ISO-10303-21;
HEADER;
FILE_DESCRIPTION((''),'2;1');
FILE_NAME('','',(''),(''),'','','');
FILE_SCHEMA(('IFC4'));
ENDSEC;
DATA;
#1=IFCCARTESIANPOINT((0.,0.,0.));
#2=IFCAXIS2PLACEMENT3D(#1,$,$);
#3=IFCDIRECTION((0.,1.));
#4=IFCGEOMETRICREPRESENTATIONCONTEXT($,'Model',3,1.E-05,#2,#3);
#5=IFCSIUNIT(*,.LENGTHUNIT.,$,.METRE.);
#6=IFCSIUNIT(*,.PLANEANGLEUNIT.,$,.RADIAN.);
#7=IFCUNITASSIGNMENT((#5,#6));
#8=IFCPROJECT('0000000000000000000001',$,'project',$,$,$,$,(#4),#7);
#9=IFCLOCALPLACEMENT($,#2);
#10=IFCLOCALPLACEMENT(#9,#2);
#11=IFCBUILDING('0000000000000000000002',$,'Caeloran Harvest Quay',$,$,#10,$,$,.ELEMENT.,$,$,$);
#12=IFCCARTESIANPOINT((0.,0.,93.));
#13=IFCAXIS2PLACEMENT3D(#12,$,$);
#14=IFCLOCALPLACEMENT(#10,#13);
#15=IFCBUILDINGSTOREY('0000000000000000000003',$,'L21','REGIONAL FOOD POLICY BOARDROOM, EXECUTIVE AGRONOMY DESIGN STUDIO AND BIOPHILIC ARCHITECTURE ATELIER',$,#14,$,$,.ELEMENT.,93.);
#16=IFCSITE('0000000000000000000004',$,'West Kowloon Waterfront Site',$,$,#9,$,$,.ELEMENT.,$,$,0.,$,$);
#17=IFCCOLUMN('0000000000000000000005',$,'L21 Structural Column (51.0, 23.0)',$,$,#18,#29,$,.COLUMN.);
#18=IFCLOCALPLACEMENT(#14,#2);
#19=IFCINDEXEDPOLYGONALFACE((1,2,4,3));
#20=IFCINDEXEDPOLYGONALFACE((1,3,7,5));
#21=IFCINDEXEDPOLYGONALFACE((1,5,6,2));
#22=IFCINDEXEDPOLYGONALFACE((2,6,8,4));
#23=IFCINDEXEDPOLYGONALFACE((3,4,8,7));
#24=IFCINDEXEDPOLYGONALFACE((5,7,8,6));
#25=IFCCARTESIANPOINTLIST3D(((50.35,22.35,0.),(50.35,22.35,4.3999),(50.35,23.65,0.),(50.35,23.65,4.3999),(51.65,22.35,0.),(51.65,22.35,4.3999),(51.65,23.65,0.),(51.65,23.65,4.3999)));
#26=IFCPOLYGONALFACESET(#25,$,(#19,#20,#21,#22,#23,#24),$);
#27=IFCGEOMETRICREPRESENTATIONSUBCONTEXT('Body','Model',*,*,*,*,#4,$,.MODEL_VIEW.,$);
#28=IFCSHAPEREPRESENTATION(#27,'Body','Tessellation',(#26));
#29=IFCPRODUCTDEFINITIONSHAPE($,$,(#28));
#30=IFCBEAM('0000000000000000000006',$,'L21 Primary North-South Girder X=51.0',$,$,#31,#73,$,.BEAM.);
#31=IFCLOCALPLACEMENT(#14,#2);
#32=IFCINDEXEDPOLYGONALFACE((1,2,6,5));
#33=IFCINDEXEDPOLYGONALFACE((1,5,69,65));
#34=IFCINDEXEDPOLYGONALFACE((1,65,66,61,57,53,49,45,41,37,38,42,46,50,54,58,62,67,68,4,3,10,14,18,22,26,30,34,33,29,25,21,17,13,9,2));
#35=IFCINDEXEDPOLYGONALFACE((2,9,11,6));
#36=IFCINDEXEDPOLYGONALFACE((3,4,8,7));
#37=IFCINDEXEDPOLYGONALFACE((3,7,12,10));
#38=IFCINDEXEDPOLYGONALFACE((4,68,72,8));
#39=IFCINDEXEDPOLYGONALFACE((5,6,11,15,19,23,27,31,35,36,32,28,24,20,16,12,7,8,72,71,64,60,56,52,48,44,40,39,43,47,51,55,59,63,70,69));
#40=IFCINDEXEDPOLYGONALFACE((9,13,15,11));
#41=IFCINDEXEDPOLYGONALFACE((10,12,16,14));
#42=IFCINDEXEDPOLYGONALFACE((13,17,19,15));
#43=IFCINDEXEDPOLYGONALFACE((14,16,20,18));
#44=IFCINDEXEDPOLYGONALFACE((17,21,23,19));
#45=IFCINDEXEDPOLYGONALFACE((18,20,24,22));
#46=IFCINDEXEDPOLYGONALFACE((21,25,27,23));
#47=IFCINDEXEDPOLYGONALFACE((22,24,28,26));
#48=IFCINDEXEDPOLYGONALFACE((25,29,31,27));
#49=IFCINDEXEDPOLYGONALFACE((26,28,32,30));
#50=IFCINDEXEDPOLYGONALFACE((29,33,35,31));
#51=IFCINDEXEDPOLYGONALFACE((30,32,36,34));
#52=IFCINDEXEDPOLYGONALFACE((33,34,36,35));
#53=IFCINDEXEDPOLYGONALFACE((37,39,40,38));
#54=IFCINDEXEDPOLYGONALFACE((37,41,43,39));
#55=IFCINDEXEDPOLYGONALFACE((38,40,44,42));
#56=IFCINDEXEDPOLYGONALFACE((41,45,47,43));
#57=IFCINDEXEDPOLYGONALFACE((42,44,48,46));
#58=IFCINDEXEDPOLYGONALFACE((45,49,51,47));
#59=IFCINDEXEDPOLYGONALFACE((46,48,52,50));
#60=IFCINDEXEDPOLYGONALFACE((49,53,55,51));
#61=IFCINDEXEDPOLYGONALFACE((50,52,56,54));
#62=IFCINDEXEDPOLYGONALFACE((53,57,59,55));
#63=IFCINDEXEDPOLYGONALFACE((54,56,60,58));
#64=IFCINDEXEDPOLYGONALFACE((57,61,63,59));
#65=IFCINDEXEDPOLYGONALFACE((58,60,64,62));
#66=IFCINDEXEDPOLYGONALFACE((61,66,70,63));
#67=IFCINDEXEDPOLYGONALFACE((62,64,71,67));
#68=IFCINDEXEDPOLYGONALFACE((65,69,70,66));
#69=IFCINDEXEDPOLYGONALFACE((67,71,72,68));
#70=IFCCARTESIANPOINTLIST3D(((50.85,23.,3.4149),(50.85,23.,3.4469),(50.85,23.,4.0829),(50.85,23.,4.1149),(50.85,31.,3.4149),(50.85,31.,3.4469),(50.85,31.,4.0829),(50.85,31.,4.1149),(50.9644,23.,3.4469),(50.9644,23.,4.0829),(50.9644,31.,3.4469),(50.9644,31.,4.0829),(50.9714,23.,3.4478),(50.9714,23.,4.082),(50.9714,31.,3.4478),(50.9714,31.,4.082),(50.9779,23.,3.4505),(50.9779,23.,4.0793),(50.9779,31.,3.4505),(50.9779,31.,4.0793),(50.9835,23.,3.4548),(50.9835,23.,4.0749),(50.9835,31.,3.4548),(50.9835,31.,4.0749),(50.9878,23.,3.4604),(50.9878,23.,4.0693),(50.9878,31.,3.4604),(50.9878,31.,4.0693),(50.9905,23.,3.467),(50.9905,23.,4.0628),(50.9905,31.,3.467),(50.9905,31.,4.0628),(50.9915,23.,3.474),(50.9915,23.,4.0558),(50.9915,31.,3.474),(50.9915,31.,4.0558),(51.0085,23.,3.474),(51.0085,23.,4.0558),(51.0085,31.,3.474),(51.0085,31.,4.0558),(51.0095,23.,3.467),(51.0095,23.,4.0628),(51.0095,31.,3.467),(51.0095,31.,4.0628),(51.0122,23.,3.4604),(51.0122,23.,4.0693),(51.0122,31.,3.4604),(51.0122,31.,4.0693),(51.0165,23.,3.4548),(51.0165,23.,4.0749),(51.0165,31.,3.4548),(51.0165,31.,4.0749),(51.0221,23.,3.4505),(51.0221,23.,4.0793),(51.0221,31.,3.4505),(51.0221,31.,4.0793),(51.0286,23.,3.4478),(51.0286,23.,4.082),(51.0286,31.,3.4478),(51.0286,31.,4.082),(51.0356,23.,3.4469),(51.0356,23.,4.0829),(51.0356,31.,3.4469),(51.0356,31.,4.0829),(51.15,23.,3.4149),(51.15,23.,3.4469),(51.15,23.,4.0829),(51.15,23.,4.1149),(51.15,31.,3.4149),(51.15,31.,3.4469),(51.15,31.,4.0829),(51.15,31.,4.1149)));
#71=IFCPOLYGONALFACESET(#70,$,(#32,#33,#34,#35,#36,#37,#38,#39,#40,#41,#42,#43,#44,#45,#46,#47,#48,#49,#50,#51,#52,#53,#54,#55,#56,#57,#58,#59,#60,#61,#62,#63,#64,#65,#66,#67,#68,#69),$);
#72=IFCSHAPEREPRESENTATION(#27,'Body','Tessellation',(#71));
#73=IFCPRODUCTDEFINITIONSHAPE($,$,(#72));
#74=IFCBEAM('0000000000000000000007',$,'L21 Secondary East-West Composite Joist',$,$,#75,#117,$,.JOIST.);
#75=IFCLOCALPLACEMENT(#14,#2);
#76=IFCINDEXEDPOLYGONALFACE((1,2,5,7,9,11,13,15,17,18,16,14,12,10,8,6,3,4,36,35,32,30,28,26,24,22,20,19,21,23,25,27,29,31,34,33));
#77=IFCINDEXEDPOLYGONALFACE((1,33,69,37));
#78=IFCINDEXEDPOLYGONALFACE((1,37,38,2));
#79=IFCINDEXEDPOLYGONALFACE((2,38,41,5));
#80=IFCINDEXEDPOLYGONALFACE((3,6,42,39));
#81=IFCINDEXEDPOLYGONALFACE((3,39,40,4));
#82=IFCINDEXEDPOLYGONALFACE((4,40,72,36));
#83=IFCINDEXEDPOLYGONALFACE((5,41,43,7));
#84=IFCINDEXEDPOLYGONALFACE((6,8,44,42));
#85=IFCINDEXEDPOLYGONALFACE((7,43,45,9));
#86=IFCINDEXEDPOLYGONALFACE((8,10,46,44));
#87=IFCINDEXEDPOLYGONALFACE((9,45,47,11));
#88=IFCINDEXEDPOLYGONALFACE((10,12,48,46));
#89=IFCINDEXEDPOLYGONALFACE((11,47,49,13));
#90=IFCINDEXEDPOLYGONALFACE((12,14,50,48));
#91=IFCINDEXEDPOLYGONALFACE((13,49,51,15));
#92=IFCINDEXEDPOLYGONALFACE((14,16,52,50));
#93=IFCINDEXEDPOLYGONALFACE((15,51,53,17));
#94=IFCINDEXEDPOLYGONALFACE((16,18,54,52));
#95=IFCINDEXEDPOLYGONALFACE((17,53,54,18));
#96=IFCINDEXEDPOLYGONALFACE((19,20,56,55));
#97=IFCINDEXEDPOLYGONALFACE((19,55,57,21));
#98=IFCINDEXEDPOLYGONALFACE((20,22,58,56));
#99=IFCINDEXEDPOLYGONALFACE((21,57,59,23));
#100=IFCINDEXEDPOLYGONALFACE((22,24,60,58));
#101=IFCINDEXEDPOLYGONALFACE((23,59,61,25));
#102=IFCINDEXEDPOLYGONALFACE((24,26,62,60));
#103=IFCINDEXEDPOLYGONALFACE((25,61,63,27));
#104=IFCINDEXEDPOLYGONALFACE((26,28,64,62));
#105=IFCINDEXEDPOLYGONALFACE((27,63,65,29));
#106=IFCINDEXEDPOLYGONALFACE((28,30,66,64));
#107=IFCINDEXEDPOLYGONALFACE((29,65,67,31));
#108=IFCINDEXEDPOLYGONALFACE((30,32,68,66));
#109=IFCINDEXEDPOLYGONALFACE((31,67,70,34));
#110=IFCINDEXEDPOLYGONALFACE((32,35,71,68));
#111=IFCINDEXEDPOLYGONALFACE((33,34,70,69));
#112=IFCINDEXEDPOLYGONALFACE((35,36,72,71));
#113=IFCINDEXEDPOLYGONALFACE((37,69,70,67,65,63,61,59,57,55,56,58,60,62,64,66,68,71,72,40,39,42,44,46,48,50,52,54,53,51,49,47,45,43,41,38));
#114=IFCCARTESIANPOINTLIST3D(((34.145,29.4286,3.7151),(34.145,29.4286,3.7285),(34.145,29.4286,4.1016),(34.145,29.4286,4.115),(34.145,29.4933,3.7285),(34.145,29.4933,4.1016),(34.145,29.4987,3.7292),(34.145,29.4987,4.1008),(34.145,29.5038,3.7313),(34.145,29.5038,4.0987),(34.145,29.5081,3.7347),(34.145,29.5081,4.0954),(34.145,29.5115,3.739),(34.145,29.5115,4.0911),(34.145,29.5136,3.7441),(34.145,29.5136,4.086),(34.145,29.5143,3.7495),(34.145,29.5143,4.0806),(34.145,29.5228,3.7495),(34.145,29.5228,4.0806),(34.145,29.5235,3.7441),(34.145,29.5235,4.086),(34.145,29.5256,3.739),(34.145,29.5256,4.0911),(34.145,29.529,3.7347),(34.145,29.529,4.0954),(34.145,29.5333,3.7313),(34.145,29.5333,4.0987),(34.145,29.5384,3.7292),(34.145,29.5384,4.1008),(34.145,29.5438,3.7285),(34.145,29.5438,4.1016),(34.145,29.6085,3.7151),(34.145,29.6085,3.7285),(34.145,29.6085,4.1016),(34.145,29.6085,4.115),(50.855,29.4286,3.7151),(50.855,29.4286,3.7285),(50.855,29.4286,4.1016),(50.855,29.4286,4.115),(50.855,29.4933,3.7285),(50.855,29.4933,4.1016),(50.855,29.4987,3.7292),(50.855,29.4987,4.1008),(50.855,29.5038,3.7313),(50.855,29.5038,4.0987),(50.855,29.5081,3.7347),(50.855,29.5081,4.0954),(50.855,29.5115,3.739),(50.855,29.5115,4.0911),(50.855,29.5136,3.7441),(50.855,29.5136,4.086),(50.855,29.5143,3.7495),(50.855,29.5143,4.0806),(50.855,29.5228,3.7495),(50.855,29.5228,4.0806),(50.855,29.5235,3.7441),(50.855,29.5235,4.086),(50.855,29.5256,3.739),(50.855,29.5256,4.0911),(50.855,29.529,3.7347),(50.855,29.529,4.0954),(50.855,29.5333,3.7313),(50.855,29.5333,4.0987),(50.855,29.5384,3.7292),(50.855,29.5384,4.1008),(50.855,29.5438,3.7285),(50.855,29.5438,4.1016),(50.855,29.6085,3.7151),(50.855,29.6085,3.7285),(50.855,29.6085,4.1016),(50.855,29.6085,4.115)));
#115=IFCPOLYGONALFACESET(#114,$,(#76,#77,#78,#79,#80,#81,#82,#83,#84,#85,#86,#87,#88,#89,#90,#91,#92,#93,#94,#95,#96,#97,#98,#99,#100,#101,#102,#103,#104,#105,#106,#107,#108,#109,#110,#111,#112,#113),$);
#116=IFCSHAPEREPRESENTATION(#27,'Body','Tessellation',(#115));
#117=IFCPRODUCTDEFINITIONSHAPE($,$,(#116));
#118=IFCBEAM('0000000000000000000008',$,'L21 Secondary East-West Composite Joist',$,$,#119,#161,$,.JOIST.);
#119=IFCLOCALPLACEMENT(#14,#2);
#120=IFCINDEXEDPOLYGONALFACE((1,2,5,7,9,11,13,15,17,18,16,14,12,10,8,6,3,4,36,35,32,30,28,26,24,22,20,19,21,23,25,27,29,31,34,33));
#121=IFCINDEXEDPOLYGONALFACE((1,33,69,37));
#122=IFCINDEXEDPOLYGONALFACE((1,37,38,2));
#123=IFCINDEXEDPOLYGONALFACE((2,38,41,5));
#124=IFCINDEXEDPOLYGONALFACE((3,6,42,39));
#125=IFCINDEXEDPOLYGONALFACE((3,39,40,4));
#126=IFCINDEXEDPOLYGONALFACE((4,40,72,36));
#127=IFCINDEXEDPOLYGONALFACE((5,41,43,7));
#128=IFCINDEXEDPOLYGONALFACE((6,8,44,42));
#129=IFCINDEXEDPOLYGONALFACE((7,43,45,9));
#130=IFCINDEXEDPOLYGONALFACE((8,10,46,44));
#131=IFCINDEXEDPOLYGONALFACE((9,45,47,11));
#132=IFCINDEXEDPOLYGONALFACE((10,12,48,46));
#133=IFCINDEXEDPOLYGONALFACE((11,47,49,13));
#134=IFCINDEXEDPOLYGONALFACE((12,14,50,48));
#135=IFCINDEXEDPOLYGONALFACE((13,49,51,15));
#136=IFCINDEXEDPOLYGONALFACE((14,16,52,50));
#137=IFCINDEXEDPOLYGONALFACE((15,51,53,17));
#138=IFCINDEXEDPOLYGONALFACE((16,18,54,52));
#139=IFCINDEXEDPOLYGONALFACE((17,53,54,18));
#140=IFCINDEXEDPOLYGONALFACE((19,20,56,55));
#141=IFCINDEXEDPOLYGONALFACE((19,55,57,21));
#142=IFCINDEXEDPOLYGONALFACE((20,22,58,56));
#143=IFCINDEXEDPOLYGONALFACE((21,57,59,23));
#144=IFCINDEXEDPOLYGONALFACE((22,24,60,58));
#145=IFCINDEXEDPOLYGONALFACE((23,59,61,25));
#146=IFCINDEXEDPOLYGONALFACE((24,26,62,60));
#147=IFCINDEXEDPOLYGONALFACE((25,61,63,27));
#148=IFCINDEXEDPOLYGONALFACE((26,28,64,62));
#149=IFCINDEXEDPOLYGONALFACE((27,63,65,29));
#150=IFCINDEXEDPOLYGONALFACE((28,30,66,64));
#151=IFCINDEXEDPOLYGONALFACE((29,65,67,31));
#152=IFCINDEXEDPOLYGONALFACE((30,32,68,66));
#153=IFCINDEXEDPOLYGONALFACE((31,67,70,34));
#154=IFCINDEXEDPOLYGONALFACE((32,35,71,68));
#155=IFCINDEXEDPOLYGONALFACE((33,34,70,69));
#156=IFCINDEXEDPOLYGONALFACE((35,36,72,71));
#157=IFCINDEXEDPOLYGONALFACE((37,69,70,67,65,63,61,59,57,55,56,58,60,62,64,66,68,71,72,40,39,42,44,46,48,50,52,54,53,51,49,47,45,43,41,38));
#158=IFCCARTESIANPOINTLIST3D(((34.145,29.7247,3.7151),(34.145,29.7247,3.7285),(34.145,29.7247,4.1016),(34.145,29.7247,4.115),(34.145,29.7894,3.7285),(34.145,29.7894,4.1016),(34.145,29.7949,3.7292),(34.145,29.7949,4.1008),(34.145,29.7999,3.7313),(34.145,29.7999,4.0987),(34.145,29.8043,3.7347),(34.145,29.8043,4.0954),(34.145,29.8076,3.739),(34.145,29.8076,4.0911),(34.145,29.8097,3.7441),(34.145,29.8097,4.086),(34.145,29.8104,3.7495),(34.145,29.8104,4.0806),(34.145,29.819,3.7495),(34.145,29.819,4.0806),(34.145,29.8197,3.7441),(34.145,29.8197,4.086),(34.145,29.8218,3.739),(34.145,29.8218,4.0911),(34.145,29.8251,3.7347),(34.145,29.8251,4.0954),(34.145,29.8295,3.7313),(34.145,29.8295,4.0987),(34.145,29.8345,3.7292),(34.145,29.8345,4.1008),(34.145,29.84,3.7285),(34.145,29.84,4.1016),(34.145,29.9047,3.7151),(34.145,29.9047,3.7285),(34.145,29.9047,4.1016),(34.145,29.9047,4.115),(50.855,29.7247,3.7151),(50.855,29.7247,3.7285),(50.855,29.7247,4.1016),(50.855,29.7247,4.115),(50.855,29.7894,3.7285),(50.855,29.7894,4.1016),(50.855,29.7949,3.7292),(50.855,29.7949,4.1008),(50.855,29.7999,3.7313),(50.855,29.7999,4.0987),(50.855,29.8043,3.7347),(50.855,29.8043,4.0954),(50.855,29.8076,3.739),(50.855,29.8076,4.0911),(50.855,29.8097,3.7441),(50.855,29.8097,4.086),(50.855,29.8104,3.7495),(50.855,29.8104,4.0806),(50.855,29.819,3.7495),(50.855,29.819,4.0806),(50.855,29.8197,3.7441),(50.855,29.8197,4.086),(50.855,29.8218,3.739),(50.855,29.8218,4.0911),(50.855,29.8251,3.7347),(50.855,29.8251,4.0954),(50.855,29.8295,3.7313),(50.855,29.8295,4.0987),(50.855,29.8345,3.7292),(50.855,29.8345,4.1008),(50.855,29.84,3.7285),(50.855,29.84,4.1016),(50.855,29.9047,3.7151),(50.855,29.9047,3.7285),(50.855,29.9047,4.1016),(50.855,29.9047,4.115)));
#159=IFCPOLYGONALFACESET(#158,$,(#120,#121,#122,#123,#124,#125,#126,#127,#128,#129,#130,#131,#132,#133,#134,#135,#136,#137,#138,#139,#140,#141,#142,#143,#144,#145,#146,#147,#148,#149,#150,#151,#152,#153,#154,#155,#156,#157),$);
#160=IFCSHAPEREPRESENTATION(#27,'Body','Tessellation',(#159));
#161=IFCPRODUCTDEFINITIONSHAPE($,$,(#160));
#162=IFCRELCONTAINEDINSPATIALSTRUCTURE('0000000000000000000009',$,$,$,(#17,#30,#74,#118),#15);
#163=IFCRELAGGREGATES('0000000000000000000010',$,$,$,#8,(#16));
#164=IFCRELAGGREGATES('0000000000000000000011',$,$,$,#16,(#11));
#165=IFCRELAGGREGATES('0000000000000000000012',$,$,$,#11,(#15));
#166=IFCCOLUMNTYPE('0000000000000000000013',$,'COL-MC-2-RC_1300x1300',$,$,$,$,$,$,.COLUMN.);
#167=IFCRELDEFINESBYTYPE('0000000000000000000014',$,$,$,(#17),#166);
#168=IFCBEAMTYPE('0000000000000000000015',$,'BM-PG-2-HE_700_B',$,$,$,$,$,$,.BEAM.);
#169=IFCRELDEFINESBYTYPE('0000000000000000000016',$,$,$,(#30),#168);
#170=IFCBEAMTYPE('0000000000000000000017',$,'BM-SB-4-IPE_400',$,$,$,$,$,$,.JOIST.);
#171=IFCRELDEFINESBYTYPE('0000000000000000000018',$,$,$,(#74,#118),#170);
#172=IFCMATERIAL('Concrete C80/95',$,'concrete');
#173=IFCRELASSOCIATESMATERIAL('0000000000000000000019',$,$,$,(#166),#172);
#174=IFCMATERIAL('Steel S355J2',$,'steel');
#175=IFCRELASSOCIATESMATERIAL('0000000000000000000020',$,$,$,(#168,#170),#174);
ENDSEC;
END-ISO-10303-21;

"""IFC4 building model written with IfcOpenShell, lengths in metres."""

from ifc_helpers import new_model, si_unit, direction, frame, origin, origin_2d, place, context, subcontext, project, spatial, rectangle, i_section, extrude, material, material_profile, profile_set, type_object, element, save


model = new_model("IFC4")

# Units and contexts
model_context = context("Model", 3, precision=1e-05, world=origin(), true_north=direction((0.0, 1.0)))
body_context = subcontext(model_context, "Body", "Model", "MODEL_VIEW")
ifc_project = project(units=[si_unit("LENGTHUNIT", "METRE"), si_unit("PLANEANGLEUNIT", "RADIAN")], contexts=[model_context])

# Site, building, storey
site_placement = place(None, origin())
site = spatial("IfcSite", under=ifc_project, at=site_placement, Name="West Kowloon Waterfront Site", CompositionType="ELEMENT", RefElevation=0.0)
building_placement = place(site_placement, origin())
building = spatial("IfcBuilding", under=site, at=building_placement, Name="Caeloran Harvest Quay", CompositionType="ELEMENT")
storey_placement = place(building_placement, frame((0.0, 0.0, 93.0)))
storey = spatial("IfcBuildingStorey", under=building, at=storey_placement, Name="L21", Description="REGIONAL FOOD POLICY BOARDROOM, EXECUTIVE AGRONOMY DESIGN STUDIO AND BIOPHILIC ARCHITECTURE ATELIER", CompositionType="ELEMENT", Elevation=93.0)

# Column
ifc_material_1 = material(Name="Concrete C80/95", Category="concrete")
ifc_material_profile_1 = material_profile(ifc_material_1, rectangle(XDim=1.3, YDim=1.3, at=origin_2d()), Name="RC 1300x1300")
ifc_profile_set_1 = profile_set([ifc_material_profile_1], Name="Concrete C80/95")
column_type = type_object("IfcColumnType", Name="COL-MC-2-RC_1300x1300", PredefinedType="COLUMN", material=ifc_profile_set_1)
column_placement = place(storey_placement, frame((51.0, 23.0, 0.0), z_axis=(0.0, 0.0, 1.0), x_axis=(1.0, 0.0, 0.0)))
element("IfcColumn", 1, at=column_placement, inside=storey, type_object=column_type, Name="L21 Structural Column (51.0, 23.0)", PredefinedType="COLUMN", context=body_context, shape_type="SweptSolid", body=[
    extrude(rectangle(XDim=1.3, YDim=1.3, at=origin_2d()), origin(), (0.0, 0.0, 1.0), 4.3999),
])

# Beams
ifc_material_2 = material(Name="Steel S355J2", Category="steel")
ifc_material_profile_2 = material_profile(ifc_material_2, i_section(OverallWidth=0.3, OverallDepth=0.7, WebThickness=0.0171, FlangeThickness=0.032, FilletRadius=0.0271, at=origin_2d()), Name="HE 700 B")
ifc_profile_set_2 = profile_set([ifc_material_profile_2], Name="Steel S355J2")
beam_type_1 = type_object("IfcBeamType", Name="BM-PG-2-HE_700_B", PredefinedType="BEAM", material=ifc_profile_set_2)
beam_1_placement = place(storey_placement, frame((51.0, 23.0, 3.7649), z_axis=(0.0, 1.0, 0.0), x_axis=(-1.0, 0.0, 0.0)))
element("IfcBeam", 2, at=beam_1_placement, inside=storey, type_object=beam_type_1, Name="L21 Primary North-South Girder X=51.0", PredefinedType="BEAM", context=body_context, shape_type="SweptSolid", body=[
    extrude(i_section(OverallWidth=0.3, OverallDepth=0.7, WebThickness=0.0171, FlangeThickness=0.032, FilletRadius=0.0271, at=origin_2d()), origin(), (0.0, 0.0, 1.0), 8.0),
])
ifc_material_profile_3 = material_profile(ifc_material_2, i_section(OverallWidth=0.1799, OverallDepth=0.3999, WebThickness=0.0085, FlangeThickness=0.0134, FilletRadius=0.021, at=origin_2d()), Name="IPE 400")
ifc_profile_set_3 = profile_set([ifc_material_profile_3], Name="Steel S355J2")
beam_type_2 = type_object("IfcBeamType", Name="BM-SB-4-IPE_400", PredefinedType="JOIST", material=ifc_profile_set_3)
for number, where, z_axis, x_axis, name in (
    (3, (34.145, 29.5186, 3.915), (1.0, 0.0, 0.0), (0.0, 1.0, 0.0), "L21 Secondary East-West Composite Joist"),
    (4, (34.145, 29.8147, 3.915), (1.0, 0.0, 0.0), (0.0, 1.0, 0.0), "L21 Secondary East-West Composite Joist"),
):
    element("IfcBeam", number, at=place(storey_placement, frame(where, z_axis=z_axis, x_axis=x_axis)), inside=storey, type_object=beam_type_2, Name=name, PredefinedType="JOIST", context=body_context, shape_type="SweptSolid", body=[
        extrude(i_section(OverallWidth=0.1799, OverallDepth=0.3999, WebThickness=0.0085, FlangeThickness=0.0134, FilletRadius=0.021, at=origin_2d()), origin(), (0.0, 0.0, 1.0), 16.71),
    ])

save(model, "model.ifc")
